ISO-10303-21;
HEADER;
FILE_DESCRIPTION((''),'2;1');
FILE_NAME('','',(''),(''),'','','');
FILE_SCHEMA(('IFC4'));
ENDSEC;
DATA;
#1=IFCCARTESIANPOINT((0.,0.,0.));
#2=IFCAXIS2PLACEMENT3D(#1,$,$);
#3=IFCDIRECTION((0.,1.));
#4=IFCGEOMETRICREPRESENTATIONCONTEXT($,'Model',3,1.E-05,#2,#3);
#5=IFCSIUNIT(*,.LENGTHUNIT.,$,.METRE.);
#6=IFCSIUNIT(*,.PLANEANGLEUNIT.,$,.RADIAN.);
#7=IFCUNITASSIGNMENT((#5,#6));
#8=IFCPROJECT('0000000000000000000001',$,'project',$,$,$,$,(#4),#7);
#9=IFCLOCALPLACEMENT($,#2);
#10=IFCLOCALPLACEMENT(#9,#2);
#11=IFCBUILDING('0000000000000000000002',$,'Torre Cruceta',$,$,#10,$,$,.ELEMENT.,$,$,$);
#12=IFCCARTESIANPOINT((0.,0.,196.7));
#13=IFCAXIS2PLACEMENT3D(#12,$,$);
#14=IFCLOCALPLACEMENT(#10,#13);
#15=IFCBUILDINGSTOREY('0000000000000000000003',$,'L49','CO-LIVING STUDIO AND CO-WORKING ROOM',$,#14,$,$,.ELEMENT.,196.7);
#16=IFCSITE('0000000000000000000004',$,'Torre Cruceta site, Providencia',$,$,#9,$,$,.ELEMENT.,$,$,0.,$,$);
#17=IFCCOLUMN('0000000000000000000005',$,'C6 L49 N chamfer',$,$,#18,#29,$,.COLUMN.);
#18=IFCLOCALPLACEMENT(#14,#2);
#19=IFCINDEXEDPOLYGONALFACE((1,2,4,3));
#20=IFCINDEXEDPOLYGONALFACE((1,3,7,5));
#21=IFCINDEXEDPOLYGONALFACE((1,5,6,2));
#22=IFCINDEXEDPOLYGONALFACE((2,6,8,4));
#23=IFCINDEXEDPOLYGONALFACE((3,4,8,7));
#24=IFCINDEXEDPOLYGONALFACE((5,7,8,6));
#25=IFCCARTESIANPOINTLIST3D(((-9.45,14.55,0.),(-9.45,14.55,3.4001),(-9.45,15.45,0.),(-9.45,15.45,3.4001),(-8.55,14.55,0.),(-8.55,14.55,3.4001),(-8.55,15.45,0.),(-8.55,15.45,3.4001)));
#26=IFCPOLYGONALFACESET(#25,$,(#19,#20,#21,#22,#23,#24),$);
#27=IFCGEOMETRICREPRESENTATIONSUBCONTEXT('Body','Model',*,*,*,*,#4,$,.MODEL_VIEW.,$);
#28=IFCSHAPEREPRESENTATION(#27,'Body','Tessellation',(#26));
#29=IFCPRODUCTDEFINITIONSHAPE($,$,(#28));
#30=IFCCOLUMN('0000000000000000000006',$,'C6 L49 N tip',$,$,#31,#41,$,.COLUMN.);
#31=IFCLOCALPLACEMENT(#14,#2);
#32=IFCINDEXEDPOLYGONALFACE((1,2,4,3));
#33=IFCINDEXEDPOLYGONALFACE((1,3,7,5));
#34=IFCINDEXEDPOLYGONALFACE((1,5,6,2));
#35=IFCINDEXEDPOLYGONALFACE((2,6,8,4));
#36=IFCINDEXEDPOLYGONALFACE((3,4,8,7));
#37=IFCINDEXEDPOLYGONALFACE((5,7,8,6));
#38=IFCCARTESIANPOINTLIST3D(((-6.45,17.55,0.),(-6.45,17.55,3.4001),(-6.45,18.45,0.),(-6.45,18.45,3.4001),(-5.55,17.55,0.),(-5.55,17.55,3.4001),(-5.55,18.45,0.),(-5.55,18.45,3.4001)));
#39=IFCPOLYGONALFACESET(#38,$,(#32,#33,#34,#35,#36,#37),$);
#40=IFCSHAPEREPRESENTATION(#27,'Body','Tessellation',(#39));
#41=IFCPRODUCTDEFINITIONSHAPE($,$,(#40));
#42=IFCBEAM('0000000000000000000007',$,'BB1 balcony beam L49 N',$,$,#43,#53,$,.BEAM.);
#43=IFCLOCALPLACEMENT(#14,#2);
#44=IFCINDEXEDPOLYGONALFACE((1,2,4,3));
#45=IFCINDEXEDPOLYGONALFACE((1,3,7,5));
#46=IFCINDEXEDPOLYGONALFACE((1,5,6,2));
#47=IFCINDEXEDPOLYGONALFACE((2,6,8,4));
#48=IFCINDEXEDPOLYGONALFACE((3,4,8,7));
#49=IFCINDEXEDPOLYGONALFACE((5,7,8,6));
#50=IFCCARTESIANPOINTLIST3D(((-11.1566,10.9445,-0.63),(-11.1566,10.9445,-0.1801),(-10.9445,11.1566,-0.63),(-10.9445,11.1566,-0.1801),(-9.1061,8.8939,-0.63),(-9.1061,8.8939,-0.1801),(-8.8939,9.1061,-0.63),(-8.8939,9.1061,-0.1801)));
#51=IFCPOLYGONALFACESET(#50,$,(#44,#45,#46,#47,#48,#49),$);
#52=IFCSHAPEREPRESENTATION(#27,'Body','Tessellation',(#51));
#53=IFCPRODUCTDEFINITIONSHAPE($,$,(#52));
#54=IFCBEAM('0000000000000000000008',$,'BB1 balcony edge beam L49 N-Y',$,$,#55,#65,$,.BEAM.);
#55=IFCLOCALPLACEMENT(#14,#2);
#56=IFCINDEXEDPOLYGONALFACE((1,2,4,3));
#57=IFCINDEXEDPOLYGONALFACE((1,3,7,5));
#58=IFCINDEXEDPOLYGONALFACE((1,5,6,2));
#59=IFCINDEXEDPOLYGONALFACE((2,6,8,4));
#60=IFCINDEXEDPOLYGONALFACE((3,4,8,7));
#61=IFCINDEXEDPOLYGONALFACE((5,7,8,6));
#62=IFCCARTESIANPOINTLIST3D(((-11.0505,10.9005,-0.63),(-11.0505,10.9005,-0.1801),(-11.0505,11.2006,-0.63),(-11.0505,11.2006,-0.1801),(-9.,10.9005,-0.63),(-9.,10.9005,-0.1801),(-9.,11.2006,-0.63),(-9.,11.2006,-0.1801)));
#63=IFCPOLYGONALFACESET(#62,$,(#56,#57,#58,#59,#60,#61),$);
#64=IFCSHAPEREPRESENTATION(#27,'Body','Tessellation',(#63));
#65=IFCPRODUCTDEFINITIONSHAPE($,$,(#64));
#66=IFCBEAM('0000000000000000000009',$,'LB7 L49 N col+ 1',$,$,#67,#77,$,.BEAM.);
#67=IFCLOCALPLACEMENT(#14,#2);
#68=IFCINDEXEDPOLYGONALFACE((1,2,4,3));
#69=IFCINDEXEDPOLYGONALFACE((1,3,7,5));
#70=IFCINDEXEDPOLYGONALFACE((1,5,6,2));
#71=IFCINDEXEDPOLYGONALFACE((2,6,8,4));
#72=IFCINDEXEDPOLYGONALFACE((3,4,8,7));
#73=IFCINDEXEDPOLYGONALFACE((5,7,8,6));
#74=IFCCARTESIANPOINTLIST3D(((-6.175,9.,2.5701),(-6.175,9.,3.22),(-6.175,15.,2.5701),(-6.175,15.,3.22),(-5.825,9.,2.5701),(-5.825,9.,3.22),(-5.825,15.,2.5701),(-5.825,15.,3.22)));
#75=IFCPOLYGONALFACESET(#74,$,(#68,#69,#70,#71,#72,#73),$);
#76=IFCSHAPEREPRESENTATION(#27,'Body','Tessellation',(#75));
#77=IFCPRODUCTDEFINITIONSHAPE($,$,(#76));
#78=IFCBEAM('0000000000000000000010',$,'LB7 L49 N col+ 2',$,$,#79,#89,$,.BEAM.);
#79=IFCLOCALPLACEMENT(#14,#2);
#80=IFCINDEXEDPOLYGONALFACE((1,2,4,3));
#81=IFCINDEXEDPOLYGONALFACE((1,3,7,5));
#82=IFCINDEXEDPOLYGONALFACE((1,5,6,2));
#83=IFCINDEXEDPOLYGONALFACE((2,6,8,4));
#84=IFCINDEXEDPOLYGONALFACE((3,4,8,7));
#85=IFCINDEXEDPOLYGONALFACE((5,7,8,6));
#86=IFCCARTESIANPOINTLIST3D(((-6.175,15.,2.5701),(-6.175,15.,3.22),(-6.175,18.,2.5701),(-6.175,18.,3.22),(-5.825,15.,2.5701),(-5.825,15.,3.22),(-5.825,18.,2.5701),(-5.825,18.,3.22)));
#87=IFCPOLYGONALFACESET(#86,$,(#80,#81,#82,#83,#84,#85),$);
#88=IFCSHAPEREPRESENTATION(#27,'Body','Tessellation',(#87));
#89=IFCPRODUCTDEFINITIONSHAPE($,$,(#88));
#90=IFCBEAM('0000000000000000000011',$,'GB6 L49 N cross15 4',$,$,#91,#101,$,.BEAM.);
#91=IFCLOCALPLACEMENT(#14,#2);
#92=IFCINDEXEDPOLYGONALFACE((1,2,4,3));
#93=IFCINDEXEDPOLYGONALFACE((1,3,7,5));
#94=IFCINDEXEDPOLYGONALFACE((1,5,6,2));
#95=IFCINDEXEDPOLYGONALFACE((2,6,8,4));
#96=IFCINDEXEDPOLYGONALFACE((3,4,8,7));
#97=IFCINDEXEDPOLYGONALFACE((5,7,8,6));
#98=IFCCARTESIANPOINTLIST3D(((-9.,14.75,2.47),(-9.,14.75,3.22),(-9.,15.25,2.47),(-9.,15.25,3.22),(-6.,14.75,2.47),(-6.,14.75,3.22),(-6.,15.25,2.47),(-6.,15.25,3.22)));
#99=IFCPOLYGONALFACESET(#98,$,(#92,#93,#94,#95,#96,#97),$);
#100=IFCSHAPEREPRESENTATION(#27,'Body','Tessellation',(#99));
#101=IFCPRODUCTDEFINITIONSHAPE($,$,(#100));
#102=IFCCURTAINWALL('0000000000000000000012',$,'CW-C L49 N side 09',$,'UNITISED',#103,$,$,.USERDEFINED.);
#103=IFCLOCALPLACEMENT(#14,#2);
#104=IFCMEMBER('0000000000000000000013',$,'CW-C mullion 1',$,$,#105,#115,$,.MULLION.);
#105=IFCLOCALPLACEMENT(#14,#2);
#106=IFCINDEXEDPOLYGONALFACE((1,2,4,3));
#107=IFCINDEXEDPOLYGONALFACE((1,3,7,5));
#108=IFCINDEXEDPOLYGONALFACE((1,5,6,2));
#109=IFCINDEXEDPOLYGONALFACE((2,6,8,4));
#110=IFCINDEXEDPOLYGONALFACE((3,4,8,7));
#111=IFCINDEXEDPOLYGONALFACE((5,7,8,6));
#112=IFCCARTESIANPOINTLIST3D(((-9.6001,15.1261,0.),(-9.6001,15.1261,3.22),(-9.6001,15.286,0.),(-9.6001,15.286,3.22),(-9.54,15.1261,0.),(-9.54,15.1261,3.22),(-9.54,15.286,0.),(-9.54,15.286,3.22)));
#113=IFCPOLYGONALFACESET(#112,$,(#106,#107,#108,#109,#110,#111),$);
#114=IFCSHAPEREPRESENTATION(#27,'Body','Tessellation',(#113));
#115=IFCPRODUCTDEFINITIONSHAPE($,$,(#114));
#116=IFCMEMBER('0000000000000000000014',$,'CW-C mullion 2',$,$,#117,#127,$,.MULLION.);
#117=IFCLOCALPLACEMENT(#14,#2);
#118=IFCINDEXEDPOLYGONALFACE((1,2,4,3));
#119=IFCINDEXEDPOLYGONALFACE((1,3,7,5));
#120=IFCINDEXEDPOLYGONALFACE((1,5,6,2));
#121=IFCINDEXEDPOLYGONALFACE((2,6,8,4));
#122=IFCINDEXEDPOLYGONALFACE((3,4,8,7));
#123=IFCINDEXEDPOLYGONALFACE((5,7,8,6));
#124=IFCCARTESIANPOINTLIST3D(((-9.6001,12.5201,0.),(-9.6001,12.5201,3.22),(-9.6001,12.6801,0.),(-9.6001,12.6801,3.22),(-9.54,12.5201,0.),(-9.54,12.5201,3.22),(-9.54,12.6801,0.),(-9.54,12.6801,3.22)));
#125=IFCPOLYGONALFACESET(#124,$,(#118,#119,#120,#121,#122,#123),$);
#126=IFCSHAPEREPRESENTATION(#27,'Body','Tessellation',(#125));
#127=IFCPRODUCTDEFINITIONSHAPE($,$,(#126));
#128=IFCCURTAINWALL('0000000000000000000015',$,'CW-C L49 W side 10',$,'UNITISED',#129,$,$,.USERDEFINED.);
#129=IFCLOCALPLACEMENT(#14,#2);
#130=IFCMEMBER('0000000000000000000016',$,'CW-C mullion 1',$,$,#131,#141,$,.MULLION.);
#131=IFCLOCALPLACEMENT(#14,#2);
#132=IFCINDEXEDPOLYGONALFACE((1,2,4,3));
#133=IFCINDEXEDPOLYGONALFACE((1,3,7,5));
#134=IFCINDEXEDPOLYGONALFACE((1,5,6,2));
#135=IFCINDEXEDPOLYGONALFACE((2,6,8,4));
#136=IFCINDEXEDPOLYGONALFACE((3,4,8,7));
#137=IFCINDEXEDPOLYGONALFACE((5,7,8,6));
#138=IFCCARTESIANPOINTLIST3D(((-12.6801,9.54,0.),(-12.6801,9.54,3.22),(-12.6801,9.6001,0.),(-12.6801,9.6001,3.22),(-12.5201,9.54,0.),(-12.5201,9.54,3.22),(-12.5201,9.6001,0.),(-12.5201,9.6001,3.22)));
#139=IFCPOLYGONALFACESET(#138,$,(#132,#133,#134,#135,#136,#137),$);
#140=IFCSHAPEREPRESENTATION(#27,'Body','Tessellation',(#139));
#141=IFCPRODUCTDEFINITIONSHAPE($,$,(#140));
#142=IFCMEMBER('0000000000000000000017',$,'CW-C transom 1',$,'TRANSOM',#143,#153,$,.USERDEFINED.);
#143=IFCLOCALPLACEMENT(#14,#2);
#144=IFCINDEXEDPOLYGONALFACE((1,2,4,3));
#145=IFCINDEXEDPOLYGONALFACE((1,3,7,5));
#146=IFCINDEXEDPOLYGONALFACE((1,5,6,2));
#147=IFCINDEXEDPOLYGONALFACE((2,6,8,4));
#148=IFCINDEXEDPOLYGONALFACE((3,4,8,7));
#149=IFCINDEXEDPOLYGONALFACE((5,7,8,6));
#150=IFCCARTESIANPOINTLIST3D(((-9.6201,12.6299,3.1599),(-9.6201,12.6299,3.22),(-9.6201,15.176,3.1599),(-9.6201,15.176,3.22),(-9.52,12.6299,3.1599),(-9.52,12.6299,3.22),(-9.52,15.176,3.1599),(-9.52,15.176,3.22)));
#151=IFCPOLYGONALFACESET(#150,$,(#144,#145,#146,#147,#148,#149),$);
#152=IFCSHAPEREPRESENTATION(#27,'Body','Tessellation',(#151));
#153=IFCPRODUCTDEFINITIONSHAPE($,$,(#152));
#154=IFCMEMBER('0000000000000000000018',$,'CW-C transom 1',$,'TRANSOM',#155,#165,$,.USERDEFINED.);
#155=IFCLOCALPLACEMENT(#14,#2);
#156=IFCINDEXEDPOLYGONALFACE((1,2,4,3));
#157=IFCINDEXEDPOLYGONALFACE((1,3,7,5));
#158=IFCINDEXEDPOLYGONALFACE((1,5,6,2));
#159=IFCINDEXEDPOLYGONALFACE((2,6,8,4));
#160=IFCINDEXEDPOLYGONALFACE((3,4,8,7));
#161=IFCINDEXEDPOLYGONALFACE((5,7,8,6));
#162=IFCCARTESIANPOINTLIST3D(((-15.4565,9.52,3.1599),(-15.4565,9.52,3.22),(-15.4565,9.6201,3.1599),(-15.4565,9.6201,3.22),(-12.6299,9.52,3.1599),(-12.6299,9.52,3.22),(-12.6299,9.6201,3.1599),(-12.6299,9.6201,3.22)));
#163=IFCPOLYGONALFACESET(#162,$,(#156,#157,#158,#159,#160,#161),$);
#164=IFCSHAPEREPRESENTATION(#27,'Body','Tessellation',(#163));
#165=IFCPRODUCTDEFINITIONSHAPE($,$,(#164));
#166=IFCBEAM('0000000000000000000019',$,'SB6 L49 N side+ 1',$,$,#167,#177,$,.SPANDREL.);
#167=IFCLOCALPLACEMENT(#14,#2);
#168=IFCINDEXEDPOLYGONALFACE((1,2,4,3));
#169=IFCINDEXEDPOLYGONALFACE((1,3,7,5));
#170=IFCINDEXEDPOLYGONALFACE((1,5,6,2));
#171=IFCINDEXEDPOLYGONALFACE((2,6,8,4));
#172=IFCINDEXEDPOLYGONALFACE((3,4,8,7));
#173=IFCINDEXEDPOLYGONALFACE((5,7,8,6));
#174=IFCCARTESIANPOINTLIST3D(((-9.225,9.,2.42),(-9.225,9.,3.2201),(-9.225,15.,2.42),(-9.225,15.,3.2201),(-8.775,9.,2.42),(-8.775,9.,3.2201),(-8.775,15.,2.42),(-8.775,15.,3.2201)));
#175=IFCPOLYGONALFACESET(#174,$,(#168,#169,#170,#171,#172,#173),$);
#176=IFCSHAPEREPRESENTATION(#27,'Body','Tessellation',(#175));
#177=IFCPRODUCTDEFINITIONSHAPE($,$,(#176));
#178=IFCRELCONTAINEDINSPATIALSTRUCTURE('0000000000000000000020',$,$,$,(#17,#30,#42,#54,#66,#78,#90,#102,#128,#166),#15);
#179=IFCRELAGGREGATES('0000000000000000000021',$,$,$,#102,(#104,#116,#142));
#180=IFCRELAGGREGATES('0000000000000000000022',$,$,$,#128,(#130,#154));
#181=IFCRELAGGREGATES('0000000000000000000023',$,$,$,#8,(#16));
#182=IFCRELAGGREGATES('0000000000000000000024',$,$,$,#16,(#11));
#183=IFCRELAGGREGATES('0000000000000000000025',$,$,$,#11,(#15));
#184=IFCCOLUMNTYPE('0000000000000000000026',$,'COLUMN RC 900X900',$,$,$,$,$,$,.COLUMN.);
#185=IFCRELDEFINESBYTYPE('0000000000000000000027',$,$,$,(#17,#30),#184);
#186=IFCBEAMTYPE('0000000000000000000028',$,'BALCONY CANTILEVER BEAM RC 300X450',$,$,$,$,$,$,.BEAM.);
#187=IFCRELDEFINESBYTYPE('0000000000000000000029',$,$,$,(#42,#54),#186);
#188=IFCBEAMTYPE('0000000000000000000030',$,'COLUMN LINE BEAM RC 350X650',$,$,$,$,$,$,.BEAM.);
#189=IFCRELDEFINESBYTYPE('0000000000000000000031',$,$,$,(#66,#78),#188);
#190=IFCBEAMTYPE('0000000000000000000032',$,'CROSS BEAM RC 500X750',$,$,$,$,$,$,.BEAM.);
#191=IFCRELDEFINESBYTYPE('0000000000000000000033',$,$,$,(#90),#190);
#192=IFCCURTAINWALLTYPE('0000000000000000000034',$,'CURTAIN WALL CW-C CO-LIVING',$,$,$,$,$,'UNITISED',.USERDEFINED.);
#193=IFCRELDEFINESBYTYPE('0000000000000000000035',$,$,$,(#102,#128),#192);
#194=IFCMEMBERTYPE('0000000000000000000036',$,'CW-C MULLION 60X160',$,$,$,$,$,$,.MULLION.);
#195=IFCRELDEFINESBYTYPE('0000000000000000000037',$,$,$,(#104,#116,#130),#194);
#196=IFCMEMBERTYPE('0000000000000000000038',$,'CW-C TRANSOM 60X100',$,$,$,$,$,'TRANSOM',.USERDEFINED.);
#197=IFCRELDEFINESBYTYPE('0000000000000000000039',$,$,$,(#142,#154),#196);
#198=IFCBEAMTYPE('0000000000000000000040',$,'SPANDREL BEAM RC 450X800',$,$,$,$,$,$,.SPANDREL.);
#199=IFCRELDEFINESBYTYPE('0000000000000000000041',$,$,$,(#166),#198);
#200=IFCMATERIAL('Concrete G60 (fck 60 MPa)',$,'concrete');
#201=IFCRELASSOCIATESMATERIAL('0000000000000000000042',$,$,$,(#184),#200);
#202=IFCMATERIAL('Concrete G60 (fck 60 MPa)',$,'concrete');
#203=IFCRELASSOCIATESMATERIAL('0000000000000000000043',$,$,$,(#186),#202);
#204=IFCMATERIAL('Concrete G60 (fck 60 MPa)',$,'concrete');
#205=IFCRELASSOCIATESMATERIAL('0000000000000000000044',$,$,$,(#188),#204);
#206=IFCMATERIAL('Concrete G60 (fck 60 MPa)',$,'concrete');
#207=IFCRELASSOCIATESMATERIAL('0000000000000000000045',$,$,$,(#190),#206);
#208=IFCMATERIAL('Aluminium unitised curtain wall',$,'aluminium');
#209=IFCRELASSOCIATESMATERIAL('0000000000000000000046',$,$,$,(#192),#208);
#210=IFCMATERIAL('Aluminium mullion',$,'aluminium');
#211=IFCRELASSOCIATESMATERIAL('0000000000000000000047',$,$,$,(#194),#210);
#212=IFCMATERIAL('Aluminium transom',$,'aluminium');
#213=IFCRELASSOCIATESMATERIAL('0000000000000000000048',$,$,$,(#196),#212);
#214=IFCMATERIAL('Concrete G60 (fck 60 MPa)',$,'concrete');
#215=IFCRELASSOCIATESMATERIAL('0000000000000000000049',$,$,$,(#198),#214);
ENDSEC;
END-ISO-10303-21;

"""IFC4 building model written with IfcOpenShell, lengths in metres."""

from ifc_helpers import new_model, si_unit, direction, frame, origin, origin_2d, place, context, subcontext, project, spatial, rectangle, extrude, material, material_profile, profile_set, type_object, element, aggregate, save


model = new_model("IFC4")

# Units and contexts
model_context = context("Model", 3, precision=1e-05, world=origin(), true_north=direction((0.0, 1.0)))
body_context = subcontext(model_context, "Body", "Model", "MODEL_VIEW")
ifc_project = project(units=[si_unit("LENGTHUNIT", "METRE"), si_unit("PLANEANGLEUNIT", "RADIAN")], contexts=[model_context])

# Site, building, storey
site_placement = place(None, origin())
site = spatial("IfcSite", under=ifc_project, at=site_placement, Name="Torre Cruceta site, Providencia", CompositionType="ELEMENT", RefElevation=0.0)
building_placement = place(site_placement, origin())
building = spatial("IfcBuilding", under=site, at=building_placement, Name="Torre Cruceta", CompositionType="ELEMENT")
storey_placement = place(building_placement, frame((0.0, 0.0, 196.7)))
storey = spatial("IfcBuildingStorey", under=building, at=storey_placement, Name="L49", Description="CO-LIVING STUDIO AND CO-WORKING ROOM", CompositionType="ELEMENT", Elevation=196.7)

# Columns
ifc_material_1 = material(Name="Concrete G60 (fck 60 MPa)", Category="concrete")
ifc_material_profile_1 = material_profile(ifc_material_1, rectangle(XDim=0.8999, YDim=0.8999, at=origin_2d()), Name="RC 900X900")
ifc_profile_set_1 = profile_set([ifc_material_profile_1], Name="Concrete G60 (fck 60 MPa)")
column_type = type_object("IfcColumnType", Name="COLUMN RC 900X900", PredefinedType="COLUMN", material=ifc_profile_set_1)
for number, where, z_axis, x_axis, name in (
    (1, (-9.0, 15.0, 0.0), (0.0, 0.0, 1.0), (1.0, 0.0, 0.0), "C6 L49 N chamfer"),
    (2, (-6.0, 18.0, 0.0), (0.0, 0.0, 1.0), (1.0, 0.0, 0.0), "C6 L49 N tip"),
):
    element("IfcColumn", number, at=place(storey_placement, frame(where, z_axis=z_axis, x_axis=x_axis)), inside=storey, type_object=column_type, Name=name, PredefinedType="COLUMN", context=body_context, shape_type="SweptSolid", body=[
        extrude(rectangle(XDim=0.8999, YDim=0.8999, at=origin_2d()), origin(), (0.0, 0.0, 1.0), 3.4001),
    ])

# Beams
ifc_material_2 = material(Name="Concrete G60 (fck 60 MPa)", Category="concrete")
ifc_material_profile_2 = material_profile(ifc_material_2, rectangle(XDim=0.3, YDim=0.45, at=origin_2d()), Name="RC 300X450")
ifc_profile_set_2 = profile_set([ifc_material_profile_2], Name="Concrete G60 (fck 60 MPa)")
beam_type_1 = type_object("IfcBeamType", Name="BALCONY CANTILEVER BEAM RC 300X450", PredefinedType="BEAM", material=ifc_profile_set_2)
beam_1_placement = place(storey_placement, frame((-9.0, 9.0, -0.405), z_axis=(-0.707107, 0.707107, 0.0), x_axis=(-0.707107, -0.707107, 0.0)))
element("IfcBeam", 3, at=beam_1_placement, inside=storey, type_object=beam_type_1, Name="BB1 balcony beam L49 N", PredefinedType="BEAM", context=body_context, shape_type="SweptSolid", body=[
    extrude(rectangle(XDim=0.3, YDim=0.45, at=origin_2d()), origin(), (0.0, 0.0, 1.0), 2.8999),
])
beam_2_placement = place(storey_placement, frame((-9.0, 11.0505, -0.405), z_axis=(-1.0, 0.0, 0.0), x_axis=(0.0, -1.0, 0.0)))
element("IfcBeam", 4, at=beam_2_placement, inside=storey, type_object=beam_type_1, Name="BB1 balcony edge beam L49 N-Y", PredefinedType="BEAM", context=body_context, shape_type="SweptSolid", body=[
    extrude(rectangle(XDim=0.3, YDim=0.45, at=origin_2d()), origin(), (0.0, 0.0, 1.0), 2.0505),
])
ifc_material_3 = material(Name="Concrete G60 (fck 60 MPa)", Category="concrete")
ifc_material_profile_3 = material_profile(ifc_material_3, rectangle(XDim=0.3501, YDim=0.6499, at=origin_2d()), Name="RC 350X650")
ifc_profile_set_3 = profile_set([ifc_material_profile_3], Name="Concrete G60 (fck 60 MPa)")
beam_type_2 = type_object("IfcBeamType", Name="COLUMN LINE BEAM RC 350X650", PredefinedType="BEAM", material=ifc_profile_set_3)
beam_3_placement = place(storey_placement, frame((-6.0, 9.0, 2.895), z_axis=(0.0, 1.0, 0.0), x_axis=(-1.0, 0.0, 0.0)))
element("IfcBeam", 5, at=beam_3_placement, inside=storey, type_object=beam_type_2, Name="LB7 L49 N col+ 1", PredefinedType="BEAM", context=body_context, shape_type="SweptSolid", body=[
    extrude(rectangle(XDim=0.3501, YDim=0.6499, at=origin_2d()), origin(), (0.0, 0.0, 1.0), 6.0),
])
beam_4_placement = place(storey_placement, frame((-6.0, 15.0, 2.895), z_axis=(0.0, 1.0, 0.0), x_axis=(-1.0, 0.0, 0.0)))
element("IfcBeam", 6, at=beam_4_placement, inside=storey, type_object=beam_type_2, Name="LB7 L49 N col+ 2", PredefinedType="BEAM", context=body_context, shape_type="SweptSolid", body=[
    extrude(rectangle(XDim=0.3501, YDim=0.6499, at=origin_2d()), origin(), (0.0, 0.0, 1.0), 3.0),
])
ifc_material_4 = material(Name="Concrete G60 (fck 60 MPa)", Category="concrete")
ifc_material_profile_4 = material_profile(ifc_material_4, rectangle(XDim=0.5, YDim=0.75, at=origin_2d()), Name="RC 500X750")
ifc_profile_set_4 = profile_set([ifc_material_profile_4], Name="Concrete G60 (fck 60 MPa)")
beam_type_3 = type_object("IfcBeamType", Name="CROSS BEAM RC 500X750", PredefinedType="BEAM", material=ifc_profile_set_4)
beam_5_placement = place(storey_placement, frame((-6.0, 15.0, 2.845), z_axis=(-1.0, 0.0, 0.0), x_axis=(0.0, -1.0, 0.0)))
element("IfcBeam", 7, at=beam_5_placement, inside=storey, type_object=beam_type_3, Name="GB6 L49 N cross15 4", PredefinedType="BEAM", context=body_context, shape_type="SweptSolid", body=[
    extrude(rectangle(XDim=0.5, YDim=0.75, at=origin_2d()), origin(), (0.0, 0.0, 1.0), 3.0),
])

# Curtain wall, members
ifc_material_5 = material(Name="Aluminium unitised curtain wall", Category="aluminium")
curtain_wall_type = type_object("IfcCurtainWallType", Name="CURTAIN WALL CW-C CO-LIVING", ElementType="UNITISED", PredefinedType="USERDEFINED", material=ifc_material_5)
curtain_wall_1_placement = place(storey_placement, origin())
curtain_wall_1 = element("IfcCurtainWall", 8, at=curtain_wall_1_placement, inside=storey, type_object=curtain_wall_type, Name="CW-C L49 N side 09", ObjectType="UNITISED", PredefinedType="USERDEFINED")
ifc_material_6 = material(Name="Aluminium mullion", Category="aluminium")
ifc_material_profile_5 = material_profile(ifc_material_6, rectangle(XDim=0.0601, YDim=0.1599, at=origin_2d()), Name="AL 60X160")
ifc_profile_set_5 = profile_set([ifc_material_profile_5], Name="Aluminium mullion")
member_type_1 = type_object("IfcMemberType", Name="CW-C MULLION 60X160", PredefinedType="MULLION", material=ifc_profile_set_5)
member_1_placement = place(storey_placement, frame((-9.5701, 15.2061, 0.0), z_axis=(0.0, 0.0, 1.0), x_axis=(1.0, 0.0, 0.0)))
member_1 = element("IfcMember", 9, at=member_1_placement, type_object=member_type_1, Name="CW-C mullion 1", PredefinedType="MULLION", context=body_context, shape_type="SweptSolid", body=[
    extrude(rectangle(XDim=0.0601, YDim=0.1599, at=origin_2d()), origin(), (0.0, 0.0, 1.0), 3.22),
])
member_2_placement = place(storey_placement, frame((-9.5701, 12.6001, 0.0), z_axis=(0.0, 0.0, 1.0), x_axis=(1.0, 0.0, 0.0)))
member_2 = element("IfcMember", 10, at=member_2_placement, type_object=member_type_1, Name="CW-C mullion 2", PredefinedType="MULLION", context=body_context, shape_type="SweptSolid", body=[
    extrude(rectangle(XDim=0.0601, YDim=0.1599, at=origin_2d()), origin(), (0.0, 0.0, 1.0), 3.22),
])

# Curtain wall, member
curtain_wall_2_placement = place(storey_placement, origin())
curtain_wall_2 = element("IfcCurtainWall", 11, at=curtain_wall_2_placement, inside=storey, type_object=curtain_wall_type, Name="CW-C L49 W side 10", ObjectType="UNITISED", PredefinedType="USERDEFINED")
member_3_placement = place(storey_placement, frame((-12.6001, 9.5701, 0.0), z_axis=(0.0, 0.0, 1.0), x_axis=(0.0, -1.0, 0.0)))
member_3 = element("IfcMember", 12, at=member_3_placement, type_object=member_type_1, Name="CW-C mullion 1", PredefinedType="MULLION", context=body_context, shape_type="SweptSolid", body=[
    extrude(rectangle(XDim=0.0601, YDim=0.1599, at=origin_2d()), origin(), (0.0, 0.0, 1.0), 3.22),
])

# Members
ifc_material_7 = material(Name="Aluminium transom", Category="aluminium")
ifc_material_profile_6 = material_profile(ifc_material_7, rectangle(XDim=0.1001, YDim=0.0601, at=origin_2d()), Name="AL 100X60")
ifc_profile_set_6 = profile_set([ifc_material_profile_6], Name="Aluminium transom")
member_type_2 = type_object("IfcMemberType", Name="CW-C TRANSOM 60X100", ElementType="TRANSOM", PredefinedType="USERDEFINED", material=ifc_profile_set_6)
member_4_placement = place(storey_placement, frame((-9.5701, 15.176, 3.1899), z_axis=(0.0, -1.0, 0.0), x_axis=(1.0, 0.0, 0.0)))
member_4 = element("IfcMember", 13, at=member_4_placement, type_object=member_type_2, Name="CW-C transom 1", ObjectType="TRANSOM", PredefinedType="USERDEFINED", context=body_context, shape_type="SweptSolid", body=[
    extrude(rectangle(XDim=0.1001, YDim=0.0601, at=origin_2d()), origin(), (0.0, 0.0, 1.0), 2.5461),
])
member_5_placement = place(storey_placement, frame((-12.6299, 9.5701, 3.1899), z_axis=(-1.0, 0.0, 0.0), x_axis=(0.0, -1.0, 0.0)))
member_5 = element("IfcMember", 14, at=member_5_placement, type_object=member_type_2, Name="CW-C transom 1", ObjectType="TRANSOM", PredefinedType="USERDEFINED", context=body_context, shape_type="SweptSolid", body=[
    extrude(rectangle(XDim=0.1001, YDim=0.0601, at=origin_2d()), origin(), (0.0, 0.0, 1.0), 2.8267),
])

# Beam
ifc_material_8 = material(Name="Concrete G60 (fck 60 MPa)", Category="concrete")
ifc_material_profile_7 = material_profile(ifc_material_8, rectangle(XDim=0.45, YDim=0.8, at=origin_2d()), Name="RC 450X800")
ifc_profile_set_7 = profile_set([ifc_material_profile_7], Name="Concrete G60 (fck 60 MPa)")
beam_type_4 = type_object("IfcBeamType", Name="SPANDREL BEAM RC 450X800", PredefinedType="SPANDREL", material=ifc_profile_set_7)
beam_6_placement = place(storey_placement, frame((-9.0, 9.0, 2.8201), z_axis=(0.0, 1.0, 0.0), x_axis=(-1.0, 0.0, 0.0)))
element("IfcBeam", 15, at=beam_6_placement, inside=storey, type_object=beam_type_4, Name="SB6 L49 N side+ 1", PredefinedType="SPANDREL", context=body_context, shape_type="SweptSolid", body=[
    extrude(rectangle(XDim=0.45, YDim=0.8, at=origin_2d()), origin(), (0.0, 0.0, 1.0), 6.0),
])

aggregate(curtain_wall_1, [member_1, member_2, member_4])
aggregate(curtain_wall_2, [member_3, member_5])

save(model, "model.ifc")
